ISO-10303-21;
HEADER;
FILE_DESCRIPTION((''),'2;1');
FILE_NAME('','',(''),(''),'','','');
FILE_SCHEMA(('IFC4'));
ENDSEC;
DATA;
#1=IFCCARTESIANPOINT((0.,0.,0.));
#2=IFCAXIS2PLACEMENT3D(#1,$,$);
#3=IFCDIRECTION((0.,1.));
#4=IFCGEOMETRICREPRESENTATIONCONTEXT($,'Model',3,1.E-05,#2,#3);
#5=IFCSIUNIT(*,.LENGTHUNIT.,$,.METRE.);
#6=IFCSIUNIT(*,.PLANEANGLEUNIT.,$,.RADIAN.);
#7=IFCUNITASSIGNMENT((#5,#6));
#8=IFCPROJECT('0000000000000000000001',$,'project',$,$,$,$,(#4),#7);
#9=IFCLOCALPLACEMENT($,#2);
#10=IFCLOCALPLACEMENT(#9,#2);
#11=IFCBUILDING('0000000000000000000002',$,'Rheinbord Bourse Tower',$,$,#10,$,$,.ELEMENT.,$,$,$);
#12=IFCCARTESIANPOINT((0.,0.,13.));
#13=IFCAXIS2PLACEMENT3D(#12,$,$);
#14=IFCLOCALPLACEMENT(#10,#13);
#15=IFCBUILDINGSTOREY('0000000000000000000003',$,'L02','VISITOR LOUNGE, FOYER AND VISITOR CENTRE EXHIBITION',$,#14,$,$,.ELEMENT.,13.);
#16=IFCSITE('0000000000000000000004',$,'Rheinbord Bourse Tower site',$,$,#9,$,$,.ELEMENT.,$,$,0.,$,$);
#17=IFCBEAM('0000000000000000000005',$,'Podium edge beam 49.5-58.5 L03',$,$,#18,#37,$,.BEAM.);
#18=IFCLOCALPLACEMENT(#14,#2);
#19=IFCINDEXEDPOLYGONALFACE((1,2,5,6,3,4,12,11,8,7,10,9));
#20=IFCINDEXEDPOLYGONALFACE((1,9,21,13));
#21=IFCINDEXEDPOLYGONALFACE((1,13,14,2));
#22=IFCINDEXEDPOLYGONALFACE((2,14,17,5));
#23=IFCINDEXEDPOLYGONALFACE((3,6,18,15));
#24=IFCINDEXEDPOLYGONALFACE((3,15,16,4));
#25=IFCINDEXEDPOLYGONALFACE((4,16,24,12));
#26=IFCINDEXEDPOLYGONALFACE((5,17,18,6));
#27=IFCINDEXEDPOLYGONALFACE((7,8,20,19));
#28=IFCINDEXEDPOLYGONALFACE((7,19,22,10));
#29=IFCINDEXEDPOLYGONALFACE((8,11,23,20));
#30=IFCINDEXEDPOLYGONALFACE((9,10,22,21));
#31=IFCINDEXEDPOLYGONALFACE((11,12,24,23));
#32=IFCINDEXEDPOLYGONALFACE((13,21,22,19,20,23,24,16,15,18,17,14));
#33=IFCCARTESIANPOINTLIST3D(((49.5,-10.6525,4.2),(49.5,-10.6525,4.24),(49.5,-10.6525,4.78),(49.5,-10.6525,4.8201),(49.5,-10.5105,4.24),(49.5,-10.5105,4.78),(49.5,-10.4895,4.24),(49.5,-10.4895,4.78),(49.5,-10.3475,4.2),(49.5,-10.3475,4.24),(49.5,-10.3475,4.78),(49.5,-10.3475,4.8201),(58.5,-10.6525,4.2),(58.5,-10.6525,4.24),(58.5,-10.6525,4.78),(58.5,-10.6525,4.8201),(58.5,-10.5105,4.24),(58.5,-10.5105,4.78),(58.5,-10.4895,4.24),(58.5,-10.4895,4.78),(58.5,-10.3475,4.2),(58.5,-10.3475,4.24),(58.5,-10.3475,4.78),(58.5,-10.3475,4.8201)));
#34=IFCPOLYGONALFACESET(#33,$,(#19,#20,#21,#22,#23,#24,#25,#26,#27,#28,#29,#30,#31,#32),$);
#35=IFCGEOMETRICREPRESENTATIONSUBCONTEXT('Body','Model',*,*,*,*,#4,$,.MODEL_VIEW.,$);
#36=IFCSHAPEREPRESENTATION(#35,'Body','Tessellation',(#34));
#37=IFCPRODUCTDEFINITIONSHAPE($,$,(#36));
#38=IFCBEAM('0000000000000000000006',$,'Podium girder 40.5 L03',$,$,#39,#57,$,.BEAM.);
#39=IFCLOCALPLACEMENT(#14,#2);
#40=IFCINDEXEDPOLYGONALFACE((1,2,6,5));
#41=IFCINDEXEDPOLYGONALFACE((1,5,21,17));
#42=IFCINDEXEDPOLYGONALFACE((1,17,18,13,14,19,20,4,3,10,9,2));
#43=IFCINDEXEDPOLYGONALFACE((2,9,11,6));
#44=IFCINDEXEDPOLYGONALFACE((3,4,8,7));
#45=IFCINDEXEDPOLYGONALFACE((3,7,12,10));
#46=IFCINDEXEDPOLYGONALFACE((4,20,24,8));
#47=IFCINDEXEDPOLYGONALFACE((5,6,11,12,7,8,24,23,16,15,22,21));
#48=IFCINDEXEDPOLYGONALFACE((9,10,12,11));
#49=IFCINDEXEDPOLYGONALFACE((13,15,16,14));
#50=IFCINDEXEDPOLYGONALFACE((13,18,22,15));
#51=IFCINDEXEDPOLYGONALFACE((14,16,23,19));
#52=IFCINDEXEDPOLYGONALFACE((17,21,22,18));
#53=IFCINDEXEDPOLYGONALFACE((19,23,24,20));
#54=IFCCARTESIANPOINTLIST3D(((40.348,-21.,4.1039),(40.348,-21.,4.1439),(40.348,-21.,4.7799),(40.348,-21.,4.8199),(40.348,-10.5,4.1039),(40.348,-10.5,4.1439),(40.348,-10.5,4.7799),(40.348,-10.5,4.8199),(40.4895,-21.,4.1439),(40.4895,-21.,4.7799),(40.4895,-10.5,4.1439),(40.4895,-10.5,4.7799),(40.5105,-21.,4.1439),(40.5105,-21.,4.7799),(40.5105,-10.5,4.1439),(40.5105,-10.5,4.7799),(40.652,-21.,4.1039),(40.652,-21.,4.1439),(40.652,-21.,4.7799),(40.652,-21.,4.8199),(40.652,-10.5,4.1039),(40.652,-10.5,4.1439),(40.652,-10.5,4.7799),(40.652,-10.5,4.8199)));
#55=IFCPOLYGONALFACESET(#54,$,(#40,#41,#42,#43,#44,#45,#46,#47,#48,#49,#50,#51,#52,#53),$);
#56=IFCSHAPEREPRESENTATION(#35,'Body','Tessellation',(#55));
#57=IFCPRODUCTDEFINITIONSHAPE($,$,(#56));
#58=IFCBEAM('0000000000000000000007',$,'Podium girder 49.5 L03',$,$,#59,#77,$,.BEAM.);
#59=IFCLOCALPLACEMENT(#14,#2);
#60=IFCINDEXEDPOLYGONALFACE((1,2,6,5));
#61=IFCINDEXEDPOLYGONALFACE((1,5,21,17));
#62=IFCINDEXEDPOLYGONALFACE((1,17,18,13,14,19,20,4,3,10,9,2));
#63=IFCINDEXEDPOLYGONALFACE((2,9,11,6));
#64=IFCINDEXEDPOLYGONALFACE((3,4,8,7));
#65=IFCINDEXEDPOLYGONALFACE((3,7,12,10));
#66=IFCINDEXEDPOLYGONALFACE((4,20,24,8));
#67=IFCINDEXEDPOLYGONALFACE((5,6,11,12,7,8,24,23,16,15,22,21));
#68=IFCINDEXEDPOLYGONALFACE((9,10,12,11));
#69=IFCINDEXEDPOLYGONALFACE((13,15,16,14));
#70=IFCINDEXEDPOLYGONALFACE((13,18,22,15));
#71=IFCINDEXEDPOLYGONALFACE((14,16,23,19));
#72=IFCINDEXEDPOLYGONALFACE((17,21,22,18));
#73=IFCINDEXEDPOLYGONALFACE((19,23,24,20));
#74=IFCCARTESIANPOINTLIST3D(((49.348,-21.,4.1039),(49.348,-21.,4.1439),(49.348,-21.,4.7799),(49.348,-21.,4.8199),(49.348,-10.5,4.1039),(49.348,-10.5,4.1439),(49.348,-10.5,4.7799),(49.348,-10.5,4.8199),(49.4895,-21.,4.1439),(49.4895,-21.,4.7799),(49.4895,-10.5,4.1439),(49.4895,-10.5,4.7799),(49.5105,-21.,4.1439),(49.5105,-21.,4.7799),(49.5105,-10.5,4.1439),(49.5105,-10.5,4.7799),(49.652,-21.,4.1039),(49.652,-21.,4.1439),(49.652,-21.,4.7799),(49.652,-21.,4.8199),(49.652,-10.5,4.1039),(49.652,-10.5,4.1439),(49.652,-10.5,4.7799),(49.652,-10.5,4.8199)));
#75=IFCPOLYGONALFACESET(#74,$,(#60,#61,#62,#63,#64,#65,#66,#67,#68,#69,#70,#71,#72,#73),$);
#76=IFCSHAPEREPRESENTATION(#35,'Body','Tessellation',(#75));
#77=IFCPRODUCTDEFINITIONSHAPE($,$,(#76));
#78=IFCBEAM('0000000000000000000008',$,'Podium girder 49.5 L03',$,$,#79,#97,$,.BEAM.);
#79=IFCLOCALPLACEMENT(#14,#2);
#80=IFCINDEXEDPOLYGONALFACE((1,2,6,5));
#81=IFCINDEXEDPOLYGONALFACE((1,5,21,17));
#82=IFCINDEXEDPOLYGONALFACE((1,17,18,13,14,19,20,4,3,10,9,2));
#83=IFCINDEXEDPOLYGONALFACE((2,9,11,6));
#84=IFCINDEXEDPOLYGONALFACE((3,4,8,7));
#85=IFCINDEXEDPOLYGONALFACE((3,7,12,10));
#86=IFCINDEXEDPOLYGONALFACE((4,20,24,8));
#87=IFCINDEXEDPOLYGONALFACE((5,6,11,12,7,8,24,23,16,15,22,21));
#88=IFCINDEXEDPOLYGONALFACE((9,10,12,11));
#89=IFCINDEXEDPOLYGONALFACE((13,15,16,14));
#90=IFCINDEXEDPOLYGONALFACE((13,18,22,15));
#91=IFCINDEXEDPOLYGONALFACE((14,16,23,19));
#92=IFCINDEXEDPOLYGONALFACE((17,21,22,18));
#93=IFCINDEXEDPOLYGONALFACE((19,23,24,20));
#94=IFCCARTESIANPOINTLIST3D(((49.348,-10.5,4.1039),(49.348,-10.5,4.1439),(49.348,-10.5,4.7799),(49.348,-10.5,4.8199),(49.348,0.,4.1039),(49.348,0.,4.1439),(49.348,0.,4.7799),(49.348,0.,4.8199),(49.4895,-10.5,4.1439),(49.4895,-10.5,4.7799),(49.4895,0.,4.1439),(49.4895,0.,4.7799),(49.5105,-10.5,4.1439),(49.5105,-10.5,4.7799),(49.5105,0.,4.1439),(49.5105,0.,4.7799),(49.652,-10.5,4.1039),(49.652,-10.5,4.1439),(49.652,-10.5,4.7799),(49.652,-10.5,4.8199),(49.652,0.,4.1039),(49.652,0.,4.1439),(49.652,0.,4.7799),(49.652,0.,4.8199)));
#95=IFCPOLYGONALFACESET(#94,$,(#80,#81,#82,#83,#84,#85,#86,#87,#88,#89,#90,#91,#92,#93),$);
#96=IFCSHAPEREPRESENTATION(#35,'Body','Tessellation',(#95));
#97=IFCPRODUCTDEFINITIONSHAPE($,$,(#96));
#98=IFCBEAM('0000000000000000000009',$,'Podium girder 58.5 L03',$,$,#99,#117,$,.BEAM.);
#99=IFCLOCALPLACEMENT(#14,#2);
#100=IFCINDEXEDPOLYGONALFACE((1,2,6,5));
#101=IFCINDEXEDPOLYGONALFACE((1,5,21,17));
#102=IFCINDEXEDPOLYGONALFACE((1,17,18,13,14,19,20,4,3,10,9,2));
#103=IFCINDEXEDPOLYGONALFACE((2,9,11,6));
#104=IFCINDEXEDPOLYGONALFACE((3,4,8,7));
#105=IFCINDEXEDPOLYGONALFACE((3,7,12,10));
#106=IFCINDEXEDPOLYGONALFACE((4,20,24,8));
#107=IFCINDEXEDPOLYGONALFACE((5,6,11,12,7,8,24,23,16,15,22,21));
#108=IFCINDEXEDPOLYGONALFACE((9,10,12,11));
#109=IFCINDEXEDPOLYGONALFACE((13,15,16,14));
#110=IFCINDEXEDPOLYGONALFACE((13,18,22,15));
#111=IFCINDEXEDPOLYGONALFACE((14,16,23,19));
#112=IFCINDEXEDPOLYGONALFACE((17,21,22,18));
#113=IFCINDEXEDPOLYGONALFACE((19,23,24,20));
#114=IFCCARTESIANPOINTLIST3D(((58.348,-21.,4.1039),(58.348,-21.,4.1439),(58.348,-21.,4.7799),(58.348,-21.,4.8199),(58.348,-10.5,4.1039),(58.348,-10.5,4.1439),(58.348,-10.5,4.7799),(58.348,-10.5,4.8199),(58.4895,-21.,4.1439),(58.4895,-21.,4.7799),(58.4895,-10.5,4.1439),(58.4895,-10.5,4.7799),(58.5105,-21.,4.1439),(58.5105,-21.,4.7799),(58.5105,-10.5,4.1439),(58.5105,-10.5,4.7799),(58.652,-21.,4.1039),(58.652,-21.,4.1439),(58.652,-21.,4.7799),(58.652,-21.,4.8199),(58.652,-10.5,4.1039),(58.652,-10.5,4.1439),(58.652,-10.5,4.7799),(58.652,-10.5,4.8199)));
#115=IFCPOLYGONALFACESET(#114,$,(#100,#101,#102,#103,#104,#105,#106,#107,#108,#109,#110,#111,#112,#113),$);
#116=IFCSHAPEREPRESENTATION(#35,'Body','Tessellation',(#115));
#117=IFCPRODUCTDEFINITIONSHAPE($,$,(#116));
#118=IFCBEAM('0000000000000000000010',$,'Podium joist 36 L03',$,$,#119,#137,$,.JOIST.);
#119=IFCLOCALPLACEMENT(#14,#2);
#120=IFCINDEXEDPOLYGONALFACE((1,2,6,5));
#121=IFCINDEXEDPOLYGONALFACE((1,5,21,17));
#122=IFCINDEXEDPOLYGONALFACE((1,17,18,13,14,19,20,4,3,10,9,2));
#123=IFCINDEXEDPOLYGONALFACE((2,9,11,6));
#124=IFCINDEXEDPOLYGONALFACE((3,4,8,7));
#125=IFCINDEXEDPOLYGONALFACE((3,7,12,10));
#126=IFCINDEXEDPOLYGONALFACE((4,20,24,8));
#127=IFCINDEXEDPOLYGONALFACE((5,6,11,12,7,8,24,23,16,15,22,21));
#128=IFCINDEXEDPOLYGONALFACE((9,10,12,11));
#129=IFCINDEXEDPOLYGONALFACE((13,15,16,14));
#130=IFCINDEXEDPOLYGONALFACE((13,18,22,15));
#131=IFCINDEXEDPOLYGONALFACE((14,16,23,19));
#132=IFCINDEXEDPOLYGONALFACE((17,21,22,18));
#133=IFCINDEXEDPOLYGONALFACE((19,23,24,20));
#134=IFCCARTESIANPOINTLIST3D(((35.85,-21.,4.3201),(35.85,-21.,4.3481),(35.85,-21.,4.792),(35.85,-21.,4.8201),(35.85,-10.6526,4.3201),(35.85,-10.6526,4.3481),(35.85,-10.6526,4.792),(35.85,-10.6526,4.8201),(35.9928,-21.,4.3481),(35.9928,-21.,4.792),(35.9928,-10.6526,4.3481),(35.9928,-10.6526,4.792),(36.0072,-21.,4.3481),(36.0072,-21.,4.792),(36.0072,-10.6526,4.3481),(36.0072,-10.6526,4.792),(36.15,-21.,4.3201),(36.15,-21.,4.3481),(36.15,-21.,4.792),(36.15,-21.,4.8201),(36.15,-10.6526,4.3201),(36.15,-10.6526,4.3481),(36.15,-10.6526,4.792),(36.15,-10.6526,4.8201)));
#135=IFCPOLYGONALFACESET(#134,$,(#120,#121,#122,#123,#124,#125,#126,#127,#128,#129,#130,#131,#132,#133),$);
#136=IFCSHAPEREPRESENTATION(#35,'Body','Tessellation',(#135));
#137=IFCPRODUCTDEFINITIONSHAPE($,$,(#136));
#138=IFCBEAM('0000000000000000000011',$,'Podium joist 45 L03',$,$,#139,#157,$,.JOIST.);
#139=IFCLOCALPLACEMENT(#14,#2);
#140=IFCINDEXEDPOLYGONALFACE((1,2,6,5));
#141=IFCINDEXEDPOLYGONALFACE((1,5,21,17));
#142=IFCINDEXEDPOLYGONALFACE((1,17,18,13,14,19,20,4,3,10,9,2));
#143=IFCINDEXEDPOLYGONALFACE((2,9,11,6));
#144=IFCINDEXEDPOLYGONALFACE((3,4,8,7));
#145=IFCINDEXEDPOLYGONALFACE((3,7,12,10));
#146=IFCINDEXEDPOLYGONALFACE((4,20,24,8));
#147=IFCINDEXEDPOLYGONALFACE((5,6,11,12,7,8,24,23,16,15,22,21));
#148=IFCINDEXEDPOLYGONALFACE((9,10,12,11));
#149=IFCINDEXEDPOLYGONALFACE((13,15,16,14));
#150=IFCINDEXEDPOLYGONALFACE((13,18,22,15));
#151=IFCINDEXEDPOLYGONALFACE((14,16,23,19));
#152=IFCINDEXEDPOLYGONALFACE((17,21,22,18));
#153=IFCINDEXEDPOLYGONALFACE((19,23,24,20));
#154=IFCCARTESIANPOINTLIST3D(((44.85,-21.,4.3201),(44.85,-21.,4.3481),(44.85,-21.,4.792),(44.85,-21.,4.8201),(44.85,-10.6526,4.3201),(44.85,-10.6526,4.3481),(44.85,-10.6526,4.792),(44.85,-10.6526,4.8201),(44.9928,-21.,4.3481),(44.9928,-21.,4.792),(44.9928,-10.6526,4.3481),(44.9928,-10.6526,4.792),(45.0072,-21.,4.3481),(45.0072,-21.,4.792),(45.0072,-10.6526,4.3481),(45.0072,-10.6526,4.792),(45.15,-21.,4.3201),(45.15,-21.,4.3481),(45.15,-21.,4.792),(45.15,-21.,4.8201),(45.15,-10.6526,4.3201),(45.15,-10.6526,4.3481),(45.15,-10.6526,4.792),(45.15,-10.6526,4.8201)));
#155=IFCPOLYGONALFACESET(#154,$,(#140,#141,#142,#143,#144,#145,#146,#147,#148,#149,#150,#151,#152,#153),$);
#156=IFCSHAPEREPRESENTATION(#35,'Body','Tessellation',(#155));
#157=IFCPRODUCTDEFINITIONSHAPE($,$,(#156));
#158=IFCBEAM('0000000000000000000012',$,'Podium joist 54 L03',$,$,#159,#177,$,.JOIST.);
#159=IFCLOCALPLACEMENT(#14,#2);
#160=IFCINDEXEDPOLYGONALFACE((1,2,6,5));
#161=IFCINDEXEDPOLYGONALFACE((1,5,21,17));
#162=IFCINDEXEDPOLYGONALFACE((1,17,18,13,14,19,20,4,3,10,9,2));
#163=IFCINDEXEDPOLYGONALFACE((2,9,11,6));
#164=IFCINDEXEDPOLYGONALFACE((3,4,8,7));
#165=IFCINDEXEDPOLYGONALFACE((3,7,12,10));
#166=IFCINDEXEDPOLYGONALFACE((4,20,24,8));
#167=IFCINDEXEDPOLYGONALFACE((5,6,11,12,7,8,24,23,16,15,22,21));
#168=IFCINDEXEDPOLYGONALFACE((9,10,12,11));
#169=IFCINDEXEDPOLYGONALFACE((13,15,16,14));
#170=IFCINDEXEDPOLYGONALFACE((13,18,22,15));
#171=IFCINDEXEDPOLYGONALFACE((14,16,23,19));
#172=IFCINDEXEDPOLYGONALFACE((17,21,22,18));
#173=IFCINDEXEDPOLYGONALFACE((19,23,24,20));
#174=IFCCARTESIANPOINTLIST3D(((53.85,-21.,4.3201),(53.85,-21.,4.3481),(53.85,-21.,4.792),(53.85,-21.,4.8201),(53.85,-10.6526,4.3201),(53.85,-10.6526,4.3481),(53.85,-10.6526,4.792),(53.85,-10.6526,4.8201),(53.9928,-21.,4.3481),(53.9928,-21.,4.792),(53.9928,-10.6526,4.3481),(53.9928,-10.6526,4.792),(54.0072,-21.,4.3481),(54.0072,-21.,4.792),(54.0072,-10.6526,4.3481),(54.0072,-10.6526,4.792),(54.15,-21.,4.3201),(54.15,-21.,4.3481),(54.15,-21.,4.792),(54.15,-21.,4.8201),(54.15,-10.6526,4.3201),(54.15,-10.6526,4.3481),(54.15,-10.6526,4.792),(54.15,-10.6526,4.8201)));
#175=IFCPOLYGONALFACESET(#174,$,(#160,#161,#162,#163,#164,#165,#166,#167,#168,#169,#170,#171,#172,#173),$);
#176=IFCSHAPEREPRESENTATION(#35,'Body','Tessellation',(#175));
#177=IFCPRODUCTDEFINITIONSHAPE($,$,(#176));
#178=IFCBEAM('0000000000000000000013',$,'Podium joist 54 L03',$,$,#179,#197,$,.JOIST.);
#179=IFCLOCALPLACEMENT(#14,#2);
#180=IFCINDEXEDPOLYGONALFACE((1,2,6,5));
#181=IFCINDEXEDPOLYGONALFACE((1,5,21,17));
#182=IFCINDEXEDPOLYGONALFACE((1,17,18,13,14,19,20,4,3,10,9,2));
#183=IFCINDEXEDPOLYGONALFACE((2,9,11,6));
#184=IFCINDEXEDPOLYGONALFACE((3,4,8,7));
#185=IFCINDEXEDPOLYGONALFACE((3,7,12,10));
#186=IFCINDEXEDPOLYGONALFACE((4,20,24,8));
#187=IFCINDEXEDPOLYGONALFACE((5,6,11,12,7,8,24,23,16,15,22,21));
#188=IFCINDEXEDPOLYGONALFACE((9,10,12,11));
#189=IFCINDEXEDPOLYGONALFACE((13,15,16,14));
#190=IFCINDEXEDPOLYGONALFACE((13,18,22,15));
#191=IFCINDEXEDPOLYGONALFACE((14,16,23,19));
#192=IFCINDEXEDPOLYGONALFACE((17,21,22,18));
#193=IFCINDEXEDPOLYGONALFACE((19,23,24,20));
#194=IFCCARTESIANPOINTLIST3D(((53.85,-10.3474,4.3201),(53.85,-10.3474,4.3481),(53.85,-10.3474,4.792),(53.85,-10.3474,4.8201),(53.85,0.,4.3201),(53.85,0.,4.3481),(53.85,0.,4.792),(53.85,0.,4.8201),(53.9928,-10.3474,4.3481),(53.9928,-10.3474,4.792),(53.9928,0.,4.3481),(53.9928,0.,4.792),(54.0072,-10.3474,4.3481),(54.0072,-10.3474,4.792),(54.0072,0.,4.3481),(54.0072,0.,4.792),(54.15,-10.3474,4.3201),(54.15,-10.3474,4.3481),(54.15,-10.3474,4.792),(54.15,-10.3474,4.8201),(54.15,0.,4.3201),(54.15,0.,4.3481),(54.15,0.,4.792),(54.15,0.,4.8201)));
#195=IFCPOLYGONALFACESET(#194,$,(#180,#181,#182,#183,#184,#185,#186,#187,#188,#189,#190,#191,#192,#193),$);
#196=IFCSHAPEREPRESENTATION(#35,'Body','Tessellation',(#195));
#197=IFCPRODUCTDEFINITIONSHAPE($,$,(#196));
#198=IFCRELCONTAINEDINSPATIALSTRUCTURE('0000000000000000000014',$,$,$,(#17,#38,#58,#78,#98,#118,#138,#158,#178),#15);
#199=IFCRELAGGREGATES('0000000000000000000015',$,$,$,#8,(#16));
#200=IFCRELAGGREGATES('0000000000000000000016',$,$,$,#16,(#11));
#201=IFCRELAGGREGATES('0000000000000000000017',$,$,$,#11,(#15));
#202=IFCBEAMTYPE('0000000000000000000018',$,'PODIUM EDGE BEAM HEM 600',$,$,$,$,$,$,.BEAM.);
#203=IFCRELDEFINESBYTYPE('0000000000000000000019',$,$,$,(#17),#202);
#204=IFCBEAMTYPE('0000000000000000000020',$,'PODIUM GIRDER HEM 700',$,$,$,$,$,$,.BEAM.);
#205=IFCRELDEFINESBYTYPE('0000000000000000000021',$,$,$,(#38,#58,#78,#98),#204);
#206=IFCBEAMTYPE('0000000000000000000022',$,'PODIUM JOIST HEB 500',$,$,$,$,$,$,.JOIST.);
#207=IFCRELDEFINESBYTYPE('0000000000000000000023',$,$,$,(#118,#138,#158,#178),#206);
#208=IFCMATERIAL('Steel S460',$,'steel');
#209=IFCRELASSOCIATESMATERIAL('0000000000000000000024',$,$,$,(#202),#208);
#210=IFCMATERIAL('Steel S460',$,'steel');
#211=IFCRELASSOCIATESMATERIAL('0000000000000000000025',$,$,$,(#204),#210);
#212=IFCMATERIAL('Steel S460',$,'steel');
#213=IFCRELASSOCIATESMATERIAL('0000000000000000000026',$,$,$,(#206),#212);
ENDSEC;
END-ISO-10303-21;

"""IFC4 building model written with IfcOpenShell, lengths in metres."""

from ifc_helpers import new_model, si_unit, direction, frame, origin, origin_2d, place, context, subcontext, project, spatial, i_section, extrude, material, material_profile, profile_set, type_object, element, save


model = new_model("IFC4")

# Units and contexts
model_context = context("Model", 3, precision=1e-05, world=origin(), true_north=direction((0.0, 1.0)))
body_context = subcontext(model_context, "Body", "Model", "MODEL_VIEW")
ifc_project = project(units=[si_unit("LENGTHUNIT", "METRE"), si_unit("PLANEANGLEUNIT", "RADIAN")], contexts=[model_context])

# Site, building, storey
site_placement = place(None, origin())
site = spatial("IfcSite", under=ifc_project, at=site_placement, Name="Rheinbord Bourse Tower site", CompositionType="ELEMENT", RefElevation=0.0)
building_placement = place(site_placement, origin())
building = spatial("IfcBuilding", under=site, at=building_placement, Name="Rheinbord Bourse Tower", CompositionType="ELEMENT")
storey_placement = place(building_placement, frame((0.0, 0.0, 13.0)))
storey = spatial("IfcBuildingStorey", under=building, at=storey_placement, Name="L02", Description="VISITOR LOUNGE, FOYER AND VISITOR CENTRE EXHIBITION", CompositionType="ELEMENT", Elevation=13.0)

# Beams
ifc_material_1 = material(Name="Steel S460", Category="steel")
ifc_material_profile_1 = material_profile(ifc_material_1, i_section(OverallWidth=0.3049, OverallDepth=0.6201, WebThickness=0.021, FlangeThickness=0.04, at=origin_2d()), Name="HEM 600")
ifc_profile_set_1 = profile_set([ifc_material_profile_1], Name="Steel S460")
beam_type_1 = type_object("IfcBeamType", Name="PODIUM EDGE BEAM HEM 600", PredefinedType="BEAM", material=ifc_profile_set_1)
for number, where, z_axis, x_axis, name in (
    (1, (49.5, -10.5, 4.51), (1.0, 0.0, 0.0), (0.0, 1.0, 0.0), "Podium edge beam 49.5-58.5 L03"),
):
    element("IfcBeam", number, at=place(storey_placement, frame(where, z_axis=z_axis, x_axis=x_axis)), inside=storey, type_object=beam_type_1, Name=name, PredefinedType="BEAM", context=body_context, shape_type="SweptSolid", body=[
        extrude(i_section(OverallWidth=0.3049, OverallDepth=0.6201, WebThickness=0.021, FlangeThickness=0.04, at=origin_2d()), origin(), (0.0, 0.0, 1.0), 9.0),
    ])
ifc_material_2 = material(Name="Steel S460", Category="steel")
ifc_material_profile_2 = material_profile(ifc_material_2, i_section(OverallWidth=0.304, OverallDepth=0.7161, WebThickness=0.021, FlangeThickness=0.04, at=origin_2d()), Name="HEM 700")
ifc_profile_set_2 = profile_set([ifc_material_profile_2], Name="Steel S460")
beam_type_2 = type_object("IfcBeamType", Name="PODIUM GIRDER HEM 700", PredefinedType="BEAM", material=ifc_profile_set_2)
for number, where, z_axis, x_axis, name in (
    (2, (40.5, -21.0, 4.4619), (0.0, 1.0, 0.0), (-1.0, 0.0, 0.0), "Podium girder 40.5 L03"),
    (3, (49.5, -21.0, 4.4619), (0.0, 1.0, 0.0), (-1.0, 0.0, 0.0), "Podium girder 49.5 L03"),
    (4, (49.5, -10.5, 4.4619), (0.0, 1.0, 0.0), (-1.0, 0.0, 0.0), "Podium girder 49.5 L03"),
    (5, (58.5, -21.0, 4.4619), (0.0, 1.0, 0.0), (-1.0, 0.0, 0.0), "Podium girder 58.5 L03"),
):
    element("IfcBeam", number, at=place(storey_placement, frame(where, z_axis=z_axis, x_axis=x_axis)), inside=storey, type_object=beam_type_2, Name=name, PredefinedType="BEAM", context=body_context, shape_type="SweptSolid", body=[
        extrude(i_section(OverallWidth=0.304, OverallDepth=0.7161, WebThickness=0.021, FlangeThickness=0.04, at=origin_2d()), origin(), (0.0, 0.0, 1.0), 10.5),
    ])
ifc_material_3 = material(Name="Steel S460", Category="steel")
ifc_material_profile_3 = material_profile(ifc_material_3, i_section(OverallWidth=0.3, OverallDepth=0.5, WebThickness=0.0144, FlangeThickness=0.0281, at=origin_2d()), Name="HEB 500")
ifc_profile_set_3 = profile_set([ifc_material_profile_3], Name="Steel S460")
beam_type_3 = type_object("IfcBeamType", Name="PODIUM JOIST HEB 500", PredefinedType="JOIST", material=ifc_profile_set_3)
for number, where, z_axis, x_axis, name in (
    (6, (36.0, -21.0, 4.5701), (0.0, 1.0, 0.0), (-1.0, 0.0, 0.0), "Podium joist 36 L03"),
    (7, (45.0, -21.0, 4.5701), (0.0, 1.0, 0.0), (-1.0, 0.0, 0.0), "Podium joist 45 L03"),
    (8, (54.0, -21.0, 4.5701), (0.0, 1.0, 0.0), (-1.0, 0.0, 0.0), "Podium joist 54 L03"),
    (9, (54.0, -10.3474, 4.5701), (0.0, 1.0, 0.0), (-1.0, 0.0, 0.0), "Podium joist 54 L03"),
):
    element("IfcBeam", number, at=place(storey_placement, frame(where, z_axis=z_axis, x_axis=x_axis)), inside=storey, type_object=beam_type_3, Name=name, PredefinedType="JOIST", context=body_context, shape_type="SweptSolid", body=[
        extrude(i_section(OverallWidth=0.3, OverallDepth=0.5, WebThickness=0.0144, FlangeThickness=0.0281, at=origin_2d()), origin(), (0.0, 0.0, 1.0), 10.3474),
    ])

save(model, "model.ifc")
